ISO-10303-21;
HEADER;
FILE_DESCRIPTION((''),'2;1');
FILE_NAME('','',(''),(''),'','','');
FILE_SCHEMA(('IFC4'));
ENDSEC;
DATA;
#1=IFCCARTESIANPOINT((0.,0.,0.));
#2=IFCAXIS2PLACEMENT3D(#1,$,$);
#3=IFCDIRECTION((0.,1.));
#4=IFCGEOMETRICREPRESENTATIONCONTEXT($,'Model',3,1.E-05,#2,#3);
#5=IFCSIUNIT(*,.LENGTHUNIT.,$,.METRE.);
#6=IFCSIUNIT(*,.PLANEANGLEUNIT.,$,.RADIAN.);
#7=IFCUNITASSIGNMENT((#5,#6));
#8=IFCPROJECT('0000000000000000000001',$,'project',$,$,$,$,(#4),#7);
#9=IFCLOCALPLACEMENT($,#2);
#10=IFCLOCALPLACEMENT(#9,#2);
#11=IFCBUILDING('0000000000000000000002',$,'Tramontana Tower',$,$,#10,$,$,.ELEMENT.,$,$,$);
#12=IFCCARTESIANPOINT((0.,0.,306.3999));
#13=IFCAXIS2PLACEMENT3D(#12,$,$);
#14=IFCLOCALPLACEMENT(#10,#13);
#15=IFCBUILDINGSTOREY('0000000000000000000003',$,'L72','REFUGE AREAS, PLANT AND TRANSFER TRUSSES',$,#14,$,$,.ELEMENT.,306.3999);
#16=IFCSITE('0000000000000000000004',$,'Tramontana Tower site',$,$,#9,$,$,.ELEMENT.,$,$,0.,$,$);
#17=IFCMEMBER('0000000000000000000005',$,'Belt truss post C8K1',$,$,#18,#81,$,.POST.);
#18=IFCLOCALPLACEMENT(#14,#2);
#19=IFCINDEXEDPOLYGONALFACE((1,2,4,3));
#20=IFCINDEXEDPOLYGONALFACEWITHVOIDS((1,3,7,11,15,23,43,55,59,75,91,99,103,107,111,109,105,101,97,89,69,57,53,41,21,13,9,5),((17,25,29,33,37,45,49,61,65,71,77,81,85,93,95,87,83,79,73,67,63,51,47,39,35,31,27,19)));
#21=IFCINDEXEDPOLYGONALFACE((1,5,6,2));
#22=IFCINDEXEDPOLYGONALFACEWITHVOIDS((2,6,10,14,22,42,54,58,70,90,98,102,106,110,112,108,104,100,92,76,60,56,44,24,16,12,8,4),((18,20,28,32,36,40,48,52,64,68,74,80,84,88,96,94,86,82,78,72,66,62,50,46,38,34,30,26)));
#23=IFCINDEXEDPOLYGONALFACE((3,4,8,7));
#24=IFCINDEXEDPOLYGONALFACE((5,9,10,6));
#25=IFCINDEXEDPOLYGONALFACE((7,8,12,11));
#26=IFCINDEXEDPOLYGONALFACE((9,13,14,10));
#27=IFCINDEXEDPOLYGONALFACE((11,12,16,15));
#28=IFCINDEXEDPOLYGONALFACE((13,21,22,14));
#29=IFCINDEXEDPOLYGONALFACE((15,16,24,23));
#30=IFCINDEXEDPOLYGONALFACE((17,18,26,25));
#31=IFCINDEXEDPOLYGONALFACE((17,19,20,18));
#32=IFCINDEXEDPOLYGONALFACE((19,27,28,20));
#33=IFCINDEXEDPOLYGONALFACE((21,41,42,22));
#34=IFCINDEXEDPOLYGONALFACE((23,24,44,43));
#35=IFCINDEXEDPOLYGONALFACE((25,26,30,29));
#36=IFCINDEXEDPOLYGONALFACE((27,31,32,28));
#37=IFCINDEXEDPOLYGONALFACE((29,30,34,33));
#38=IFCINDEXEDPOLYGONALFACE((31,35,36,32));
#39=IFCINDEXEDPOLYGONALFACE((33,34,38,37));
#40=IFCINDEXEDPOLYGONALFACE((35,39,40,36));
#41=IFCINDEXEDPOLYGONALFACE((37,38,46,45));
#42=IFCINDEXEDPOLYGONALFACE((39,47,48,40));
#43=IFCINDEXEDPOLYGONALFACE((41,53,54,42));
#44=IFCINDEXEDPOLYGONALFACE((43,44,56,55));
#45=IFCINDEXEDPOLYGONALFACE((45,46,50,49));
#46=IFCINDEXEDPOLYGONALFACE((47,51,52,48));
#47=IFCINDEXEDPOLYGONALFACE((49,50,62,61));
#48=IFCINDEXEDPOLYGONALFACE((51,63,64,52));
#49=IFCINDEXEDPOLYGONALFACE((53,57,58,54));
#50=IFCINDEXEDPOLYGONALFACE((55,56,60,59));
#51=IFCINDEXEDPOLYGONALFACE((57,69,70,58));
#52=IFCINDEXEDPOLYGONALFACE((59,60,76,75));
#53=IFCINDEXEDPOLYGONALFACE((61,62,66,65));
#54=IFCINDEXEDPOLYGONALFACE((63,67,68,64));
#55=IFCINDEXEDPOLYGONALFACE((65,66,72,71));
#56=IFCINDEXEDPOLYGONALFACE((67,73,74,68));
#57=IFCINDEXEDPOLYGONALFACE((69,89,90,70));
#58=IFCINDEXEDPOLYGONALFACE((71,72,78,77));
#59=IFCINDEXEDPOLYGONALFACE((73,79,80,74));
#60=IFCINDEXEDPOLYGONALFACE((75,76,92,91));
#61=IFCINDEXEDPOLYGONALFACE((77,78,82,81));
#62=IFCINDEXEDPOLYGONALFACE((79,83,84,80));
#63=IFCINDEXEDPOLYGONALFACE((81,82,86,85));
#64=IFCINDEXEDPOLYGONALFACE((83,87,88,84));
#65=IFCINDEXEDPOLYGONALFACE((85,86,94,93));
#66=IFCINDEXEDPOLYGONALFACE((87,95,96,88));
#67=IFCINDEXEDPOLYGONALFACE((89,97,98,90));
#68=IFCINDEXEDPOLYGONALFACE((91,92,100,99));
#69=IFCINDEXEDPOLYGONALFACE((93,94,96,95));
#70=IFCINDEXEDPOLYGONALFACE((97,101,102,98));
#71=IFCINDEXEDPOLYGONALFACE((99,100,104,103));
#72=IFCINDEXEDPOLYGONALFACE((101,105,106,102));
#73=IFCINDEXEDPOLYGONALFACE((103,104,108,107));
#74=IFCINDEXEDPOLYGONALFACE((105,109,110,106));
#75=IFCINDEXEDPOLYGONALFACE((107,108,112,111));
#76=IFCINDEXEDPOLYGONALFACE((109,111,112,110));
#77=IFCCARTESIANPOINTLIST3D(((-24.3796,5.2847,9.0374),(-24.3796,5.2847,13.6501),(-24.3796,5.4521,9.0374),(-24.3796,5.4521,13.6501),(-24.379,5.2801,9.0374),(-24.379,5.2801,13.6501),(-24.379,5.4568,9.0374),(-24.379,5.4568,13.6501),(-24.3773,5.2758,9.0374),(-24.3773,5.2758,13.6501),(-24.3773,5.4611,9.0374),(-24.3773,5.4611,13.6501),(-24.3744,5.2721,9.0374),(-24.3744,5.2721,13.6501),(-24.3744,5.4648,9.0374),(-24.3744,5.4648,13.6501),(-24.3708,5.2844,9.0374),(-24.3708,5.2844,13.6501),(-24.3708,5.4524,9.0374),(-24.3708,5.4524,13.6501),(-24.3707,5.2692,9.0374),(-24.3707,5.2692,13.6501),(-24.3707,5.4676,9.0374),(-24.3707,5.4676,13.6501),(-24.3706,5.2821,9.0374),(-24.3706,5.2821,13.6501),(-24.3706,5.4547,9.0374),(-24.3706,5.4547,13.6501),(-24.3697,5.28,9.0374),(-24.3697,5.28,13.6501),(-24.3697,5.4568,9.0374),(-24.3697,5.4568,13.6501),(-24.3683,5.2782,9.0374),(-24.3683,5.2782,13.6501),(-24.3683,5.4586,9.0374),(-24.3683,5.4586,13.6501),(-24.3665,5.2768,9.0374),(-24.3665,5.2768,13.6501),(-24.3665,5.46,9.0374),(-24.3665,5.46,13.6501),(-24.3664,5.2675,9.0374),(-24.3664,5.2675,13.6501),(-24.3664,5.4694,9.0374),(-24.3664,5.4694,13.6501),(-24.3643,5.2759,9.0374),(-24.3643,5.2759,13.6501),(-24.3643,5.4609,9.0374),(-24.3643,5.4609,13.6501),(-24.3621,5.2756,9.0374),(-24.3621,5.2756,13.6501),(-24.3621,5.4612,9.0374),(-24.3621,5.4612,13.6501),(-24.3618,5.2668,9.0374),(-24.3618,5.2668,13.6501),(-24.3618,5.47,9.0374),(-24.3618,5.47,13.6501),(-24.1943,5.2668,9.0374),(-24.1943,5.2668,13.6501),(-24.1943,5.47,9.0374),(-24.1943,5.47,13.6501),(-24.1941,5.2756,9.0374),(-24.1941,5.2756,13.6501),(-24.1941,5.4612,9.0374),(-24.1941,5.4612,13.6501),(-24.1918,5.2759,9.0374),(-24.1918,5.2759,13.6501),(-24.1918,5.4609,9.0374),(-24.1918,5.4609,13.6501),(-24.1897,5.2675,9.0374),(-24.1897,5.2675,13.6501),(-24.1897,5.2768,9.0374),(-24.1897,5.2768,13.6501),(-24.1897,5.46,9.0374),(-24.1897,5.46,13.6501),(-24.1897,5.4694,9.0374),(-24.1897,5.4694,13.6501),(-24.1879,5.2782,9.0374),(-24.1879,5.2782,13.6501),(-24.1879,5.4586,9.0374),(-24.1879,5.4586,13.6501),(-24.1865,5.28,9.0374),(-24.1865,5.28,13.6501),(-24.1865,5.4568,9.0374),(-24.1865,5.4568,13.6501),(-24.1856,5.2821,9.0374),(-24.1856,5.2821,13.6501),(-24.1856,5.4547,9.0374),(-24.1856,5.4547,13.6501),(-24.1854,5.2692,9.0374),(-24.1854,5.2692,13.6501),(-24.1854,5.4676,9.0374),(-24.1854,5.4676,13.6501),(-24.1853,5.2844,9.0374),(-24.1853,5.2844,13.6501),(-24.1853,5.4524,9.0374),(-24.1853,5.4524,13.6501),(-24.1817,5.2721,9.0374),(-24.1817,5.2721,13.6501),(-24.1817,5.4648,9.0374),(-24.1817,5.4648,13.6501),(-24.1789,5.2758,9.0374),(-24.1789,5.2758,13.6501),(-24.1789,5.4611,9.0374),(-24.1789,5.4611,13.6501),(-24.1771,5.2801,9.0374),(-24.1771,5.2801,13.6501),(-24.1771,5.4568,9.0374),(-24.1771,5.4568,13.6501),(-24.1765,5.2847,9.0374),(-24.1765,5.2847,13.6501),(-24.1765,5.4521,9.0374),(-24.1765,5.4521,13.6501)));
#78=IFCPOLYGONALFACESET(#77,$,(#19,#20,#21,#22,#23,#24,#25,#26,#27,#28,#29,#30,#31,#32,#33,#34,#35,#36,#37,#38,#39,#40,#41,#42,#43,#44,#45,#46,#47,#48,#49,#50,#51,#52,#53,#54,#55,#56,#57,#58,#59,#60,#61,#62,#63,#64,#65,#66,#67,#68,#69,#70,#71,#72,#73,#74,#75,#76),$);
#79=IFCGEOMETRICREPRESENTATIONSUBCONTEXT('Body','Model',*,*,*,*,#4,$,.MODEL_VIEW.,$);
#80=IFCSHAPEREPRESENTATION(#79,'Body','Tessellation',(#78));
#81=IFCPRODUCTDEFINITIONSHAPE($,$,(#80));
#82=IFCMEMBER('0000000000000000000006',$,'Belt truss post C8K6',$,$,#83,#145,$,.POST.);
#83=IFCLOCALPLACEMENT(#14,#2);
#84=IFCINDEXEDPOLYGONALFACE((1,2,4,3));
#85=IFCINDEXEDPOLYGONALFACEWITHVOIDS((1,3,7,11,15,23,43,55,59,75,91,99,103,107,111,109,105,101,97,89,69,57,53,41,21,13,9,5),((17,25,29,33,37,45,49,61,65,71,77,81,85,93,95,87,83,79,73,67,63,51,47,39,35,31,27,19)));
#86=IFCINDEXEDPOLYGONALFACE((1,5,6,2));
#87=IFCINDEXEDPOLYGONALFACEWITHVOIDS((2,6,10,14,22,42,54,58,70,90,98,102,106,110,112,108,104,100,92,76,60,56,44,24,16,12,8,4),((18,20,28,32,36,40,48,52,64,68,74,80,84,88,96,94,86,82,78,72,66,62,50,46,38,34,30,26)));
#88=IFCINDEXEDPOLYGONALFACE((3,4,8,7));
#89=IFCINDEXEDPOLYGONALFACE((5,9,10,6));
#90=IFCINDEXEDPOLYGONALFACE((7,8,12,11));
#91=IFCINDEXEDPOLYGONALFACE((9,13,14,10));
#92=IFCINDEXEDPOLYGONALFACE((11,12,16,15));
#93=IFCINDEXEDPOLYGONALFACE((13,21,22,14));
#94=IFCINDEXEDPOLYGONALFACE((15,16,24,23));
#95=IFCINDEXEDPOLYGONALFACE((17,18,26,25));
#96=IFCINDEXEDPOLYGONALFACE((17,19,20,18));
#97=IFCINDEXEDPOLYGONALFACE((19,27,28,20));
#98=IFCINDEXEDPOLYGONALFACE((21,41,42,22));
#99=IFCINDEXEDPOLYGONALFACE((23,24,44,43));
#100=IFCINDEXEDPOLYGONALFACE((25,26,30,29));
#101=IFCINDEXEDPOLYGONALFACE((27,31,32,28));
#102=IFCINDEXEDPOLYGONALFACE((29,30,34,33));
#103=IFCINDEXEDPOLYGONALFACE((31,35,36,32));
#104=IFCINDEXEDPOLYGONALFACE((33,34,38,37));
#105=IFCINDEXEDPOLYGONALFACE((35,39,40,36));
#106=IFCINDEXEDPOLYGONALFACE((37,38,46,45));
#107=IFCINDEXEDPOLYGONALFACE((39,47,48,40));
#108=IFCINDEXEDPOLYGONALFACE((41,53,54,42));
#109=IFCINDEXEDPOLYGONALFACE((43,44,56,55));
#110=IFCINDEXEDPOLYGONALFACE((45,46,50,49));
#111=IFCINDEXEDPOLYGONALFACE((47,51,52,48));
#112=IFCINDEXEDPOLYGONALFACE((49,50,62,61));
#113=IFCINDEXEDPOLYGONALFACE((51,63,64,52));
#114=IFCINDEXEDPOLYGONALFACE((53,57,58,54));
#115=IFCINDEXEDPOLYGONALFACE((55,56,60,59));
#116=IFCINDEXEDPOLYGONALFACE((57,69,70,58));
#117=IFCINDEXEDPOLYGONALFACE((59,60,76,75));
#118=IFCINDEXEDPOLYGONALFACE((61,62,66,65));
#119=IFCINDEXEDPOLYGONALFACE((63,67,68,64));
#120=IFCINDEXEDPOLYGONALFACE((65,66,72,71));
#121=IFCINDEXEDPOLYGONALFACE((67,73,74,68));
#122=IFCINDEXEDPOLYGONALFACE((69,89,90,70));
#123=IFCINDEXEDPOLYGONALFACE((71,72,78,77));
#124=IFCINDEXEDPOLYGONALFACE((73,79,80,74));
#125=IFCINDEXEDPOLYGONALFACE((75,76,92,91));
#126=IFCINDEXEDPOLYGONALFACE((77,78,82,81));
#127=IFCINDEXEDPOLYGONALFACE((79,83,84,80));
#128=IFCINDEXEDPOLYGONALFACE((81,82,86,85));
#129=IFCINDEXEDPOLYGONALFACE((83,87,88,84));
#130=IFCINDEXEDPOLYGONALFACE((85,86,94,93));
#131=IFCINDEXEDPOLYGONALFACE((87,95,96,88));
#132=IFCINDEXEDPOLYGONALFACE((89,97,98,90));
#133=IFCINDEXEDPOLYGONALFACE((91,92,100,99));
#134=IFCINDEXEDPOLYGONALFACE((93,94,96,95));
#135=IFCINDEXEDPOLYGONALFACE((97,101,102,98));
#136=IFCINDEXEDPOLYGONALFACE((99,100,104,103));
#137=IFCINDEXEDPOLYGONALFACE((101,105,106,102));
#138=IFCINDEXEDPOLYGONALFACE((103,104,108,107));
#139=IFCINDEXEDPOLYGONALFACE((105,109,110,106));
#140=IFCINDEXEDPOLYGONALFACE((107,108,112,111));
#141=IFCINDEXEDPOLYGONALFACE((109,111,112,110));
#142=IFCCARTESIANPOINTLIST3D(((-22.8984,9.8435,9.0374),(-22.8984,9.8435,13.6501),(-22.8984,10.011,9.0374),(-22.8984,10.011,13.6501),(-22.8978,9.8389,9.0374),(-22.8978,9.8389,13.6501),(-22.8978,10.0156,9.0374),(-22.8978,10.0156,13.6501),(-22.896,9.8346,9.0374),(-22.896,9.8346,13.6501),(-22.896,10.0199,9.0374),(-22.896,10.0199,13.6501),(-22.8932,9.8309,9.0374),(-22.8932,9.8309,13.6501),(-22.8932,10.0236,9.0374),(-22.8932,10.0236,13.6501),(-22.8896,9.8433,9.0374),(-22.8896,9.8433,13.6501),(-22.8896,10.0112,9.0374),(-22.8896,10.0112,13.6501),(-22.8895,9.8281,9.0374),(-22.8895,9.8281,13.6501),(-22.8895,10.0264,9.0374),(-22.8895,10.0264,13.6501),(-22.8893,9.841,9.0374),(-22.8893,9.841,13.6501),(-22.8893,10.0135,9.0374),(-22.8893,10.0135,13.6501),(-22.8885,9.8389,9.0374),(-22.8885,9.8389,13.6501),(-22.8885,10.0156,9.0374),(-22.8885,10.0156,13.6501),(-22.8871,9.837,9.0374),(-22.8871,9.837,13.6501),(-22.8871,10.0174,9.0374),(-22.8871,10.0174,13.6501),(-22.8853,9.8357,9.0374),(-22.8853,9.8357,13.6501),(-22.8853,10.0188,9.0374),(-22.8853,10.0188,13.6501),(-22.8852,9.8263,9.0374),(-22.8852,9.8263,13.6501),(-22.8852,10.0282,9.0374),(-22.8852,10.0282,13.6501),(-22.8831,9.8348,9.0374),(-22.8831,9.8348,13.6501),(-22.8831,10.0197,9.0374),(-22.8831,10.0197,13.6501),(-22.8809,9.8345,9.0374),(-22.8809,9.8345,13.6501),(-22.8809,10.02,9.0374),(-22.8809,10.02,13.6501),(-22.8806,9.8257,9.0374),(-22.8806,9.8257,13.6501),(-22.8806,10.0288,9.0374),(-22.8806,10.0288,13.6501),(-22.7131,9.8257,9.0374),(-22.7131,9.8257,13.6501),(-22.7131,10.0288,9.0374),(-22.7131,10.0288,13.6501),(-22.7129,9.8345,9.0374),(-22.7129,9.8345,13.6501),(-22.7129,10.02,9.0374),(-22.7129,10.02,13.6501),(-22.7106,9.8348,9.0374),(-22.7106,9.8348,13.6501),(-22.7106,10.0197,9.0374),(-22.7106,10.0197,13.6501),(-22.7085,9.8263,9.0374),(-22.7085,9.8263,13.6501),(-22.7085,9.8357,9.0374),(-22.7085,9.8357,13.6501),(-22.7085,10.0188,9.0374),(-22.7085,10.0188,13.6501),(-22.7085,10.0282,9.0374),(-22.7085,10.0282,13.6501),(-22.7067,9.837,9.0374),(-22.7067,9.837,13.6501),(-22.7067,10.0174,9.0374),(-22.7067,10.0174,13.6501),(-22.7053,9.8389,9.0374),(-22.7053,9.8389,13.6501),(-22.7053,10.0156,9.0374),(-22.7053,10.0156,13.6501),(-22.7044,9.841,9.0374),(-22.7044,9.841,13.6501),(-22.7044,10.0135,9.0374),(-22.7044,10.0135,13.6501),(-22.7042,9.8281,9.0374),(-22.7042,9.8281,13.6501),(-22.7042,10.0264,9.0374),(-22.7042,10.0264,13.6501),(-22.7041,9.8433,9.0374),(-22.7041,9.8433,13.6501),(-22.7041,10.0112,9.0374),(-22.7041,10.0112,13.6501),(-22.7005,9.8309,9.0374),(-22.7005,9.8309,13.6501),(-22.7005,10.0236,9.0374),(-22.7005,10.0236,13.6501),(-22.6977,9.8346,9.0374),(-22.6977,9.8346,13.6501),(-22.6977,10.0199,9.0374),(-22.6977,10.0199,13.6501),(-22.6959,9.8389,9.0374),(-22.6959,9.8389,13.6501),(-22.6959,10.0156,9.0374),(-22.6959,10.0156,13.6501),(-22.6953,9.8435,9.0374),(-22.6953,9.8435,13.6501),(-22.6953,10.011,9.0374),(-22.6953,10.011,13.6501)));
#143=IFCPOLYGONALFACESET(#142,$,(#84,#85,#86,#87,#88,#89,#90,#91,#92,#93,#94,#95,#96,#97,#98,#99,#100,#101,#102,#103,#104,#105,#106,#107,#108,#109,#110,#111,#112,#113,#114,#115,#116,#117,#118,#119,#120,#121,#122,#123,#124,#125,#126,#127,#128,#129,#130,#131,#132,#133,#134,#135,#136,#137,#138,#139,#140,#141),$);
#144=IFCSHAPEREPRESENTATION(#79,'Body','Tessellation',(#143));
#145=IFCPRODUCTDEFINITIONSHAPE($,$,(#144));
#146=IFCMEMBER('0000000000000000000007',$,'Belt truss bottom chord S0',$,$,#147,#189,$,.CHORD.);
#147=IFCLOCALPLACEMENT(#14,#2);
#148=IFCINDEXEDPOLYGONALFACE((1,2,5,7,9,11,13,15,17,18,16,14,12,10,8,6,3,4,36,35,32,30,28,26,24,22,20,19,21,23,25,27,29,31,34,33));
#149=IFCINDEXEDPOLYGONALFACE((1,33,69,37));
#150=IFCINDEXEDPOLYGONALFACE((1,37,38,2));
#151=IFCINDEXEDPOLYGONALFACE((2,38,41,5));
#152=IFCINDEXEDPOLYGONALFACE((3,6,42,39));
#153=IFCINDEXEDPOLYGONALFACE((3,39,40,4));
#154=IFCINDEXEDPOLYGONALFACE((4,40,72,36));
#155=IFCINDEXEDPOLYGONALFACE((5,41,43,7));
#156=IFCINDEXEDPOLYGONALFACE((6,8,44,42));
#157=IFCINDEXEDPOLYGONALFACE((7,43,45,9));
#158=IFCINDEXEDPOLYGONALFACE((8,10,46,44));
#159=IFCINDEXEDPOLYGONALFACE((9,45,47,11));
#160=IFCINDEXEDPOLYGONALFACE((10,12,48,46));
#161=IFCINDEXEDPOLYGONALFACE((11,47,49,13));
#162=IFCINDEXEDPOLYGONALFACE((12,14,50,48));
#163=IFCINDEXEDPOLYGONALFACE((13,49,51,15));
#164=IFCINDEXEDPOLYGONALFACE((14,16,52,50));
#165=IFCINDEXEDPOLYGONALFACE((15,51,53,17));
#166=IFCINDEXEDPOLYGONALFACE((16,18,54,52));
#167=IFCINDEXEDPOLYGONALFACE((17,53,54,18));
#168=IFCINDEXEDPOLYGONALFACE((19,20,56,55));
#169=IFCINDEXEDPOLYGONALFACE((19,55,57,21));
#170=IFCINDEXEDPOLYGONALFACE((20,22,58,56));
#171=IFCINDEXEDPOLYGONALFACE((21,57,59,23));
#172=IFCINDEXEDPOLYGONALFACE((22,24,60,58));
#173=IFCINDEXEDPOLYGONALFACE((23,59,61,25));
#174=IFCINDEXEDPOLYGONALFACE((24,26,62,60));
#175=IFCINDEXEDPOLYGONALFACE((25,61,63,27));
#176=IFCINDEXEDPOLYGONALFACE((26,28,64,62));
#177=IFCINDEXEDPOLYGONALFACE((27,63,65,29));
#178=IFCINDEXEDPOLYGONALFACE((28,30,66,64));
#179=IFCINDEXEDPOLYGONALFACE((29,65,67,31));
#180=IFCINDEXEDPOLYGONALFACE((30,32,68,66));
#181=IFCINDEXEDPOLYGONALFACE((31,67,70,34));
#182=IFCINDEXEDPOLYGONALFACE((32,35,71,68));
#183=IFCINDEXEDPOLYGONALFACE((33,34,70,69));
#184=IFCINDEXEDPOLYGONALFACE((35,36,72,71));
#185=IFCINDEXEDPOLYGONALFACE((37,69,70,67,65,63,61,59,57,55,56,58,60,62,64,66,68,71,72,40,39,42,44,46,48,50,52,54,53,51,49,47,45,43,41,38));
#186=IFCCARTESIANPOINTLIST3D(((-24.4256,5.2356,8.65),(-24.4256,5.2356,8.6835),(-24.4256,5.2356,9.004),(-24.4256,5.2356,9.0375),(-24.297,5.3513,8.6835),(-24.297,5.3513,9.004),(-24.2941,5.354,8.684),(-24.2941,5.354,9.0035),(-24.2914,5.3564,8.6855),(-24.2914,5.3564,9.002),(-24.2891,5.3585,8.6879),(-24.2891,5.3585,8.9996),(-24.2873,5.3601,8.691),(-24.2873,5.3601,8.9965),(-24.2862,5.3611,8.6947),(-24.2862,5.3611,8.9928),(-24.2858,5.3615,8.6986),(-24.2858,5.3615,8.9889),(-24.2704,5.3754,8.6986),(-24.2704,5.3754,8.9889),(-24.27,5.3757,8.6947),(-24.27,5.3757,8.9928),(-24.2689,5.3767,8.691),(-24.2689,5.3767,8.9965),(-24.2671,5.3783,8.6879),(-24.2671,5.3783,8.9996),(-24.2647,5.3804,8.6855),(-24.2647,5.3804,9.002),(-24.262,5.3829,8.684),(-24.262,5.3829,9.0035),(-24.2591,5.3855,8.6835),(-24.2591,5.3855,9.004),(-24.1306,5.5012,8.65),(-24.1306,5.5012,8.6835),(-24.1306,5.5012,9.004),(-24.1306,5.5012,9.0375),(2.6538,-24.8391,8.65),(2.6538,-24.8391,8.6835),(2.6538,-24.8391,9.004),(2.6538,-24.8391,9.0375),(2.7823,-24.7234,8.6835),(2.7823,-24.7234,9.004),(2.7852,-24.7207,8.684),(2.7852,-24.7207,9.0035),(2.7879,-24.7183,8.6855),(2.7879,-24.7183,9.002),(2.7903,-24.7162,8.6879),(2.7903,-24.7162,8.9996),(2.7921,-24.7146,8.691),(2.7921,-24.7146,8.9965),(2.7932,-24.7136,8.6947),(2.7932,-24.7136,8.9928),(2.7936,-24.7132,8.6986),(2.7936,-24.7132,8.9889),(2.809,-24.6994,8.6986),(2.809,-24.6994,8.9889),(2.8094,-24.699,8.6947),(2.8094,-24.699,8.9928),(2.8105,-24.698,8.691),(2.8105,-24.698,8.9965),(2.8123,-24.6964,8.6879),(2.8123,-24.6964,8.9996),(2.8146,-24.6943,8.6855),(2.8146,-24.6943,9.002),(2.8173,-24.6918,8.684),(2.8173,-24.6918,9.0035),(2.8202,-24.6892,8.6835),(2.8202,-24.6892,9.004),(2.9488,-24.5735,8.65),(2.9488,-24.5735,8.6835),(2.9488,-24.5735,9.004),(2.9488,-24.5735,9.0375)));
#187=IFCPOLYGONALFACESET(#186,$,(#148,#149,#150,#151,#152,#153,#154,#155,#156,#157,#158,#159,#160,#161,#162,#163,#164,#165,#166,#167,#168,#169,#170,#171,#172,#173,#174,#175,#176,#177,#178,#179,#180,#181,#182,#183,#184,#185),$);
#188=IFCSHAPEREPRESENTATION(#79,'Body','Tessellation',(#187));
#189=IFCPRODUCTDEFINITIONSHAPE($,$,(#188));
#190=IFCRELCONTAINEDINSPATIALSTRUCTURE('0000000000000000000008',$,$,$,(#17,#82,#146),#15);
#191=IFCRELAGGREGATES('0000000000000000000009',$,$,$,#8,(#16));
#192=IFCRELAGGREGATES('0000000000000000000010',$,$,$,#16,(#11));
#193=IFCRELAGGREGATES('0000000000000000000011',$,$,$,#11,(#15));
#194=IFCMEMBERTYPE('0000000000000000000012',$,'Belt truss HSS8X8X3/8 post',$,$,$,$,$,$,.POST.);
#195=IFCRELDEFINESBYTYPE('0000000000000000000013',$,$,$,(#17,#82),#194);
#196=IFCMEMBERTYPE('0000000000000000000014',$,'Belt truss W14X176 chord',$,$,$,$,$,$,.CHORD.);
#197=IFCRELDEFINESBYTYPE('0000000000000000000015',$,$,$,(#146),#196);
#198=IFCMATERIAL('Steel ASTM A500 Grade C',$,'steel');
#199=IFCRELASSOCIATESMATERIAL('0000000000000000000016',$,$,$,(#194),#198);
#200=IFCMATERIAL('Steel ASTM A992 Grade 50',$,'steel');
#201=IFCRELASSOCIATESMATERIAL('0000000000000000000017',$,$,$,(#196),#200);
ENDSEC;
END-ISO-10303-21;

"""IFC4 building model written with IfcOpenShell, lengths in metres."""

from ifc_helpers import new_model, si_unit, direction, frame, origin, origin_2d, place, context, subcontext, project, spatial, hollow_rectangle, i_section, extrude, material, material_profile, profile_set, type_object, element, save


model = new_model("IFC4")

# Units and contexts
model_context = context("Model", 3, precision=1e-05, world=origin(), true_north=direction((0.0, 1.0)))
body_context = subcontext(model_context, "Body", "Model", "MODEL_VIEW")
ifc_project = project(units=[si_unit("LENGTHUNIT", "METRE"), si_unit("PLANEANGLEUNIT", "RADIAN")], contexts=[model_context])

# Site, building, storey
site_placement = place(None, origin())
site = spatial("IfcSite", under=ifc_project, at=site_placement, Name="Tramontana Tower site", CompositionType="ELEMENT", RefElevation=0.0)
building_placement = place(site_placement, origin())
building = spatial("IfcBuilding", under=site, at=building_placement, Name="Tramontana Tower", CompositionType="ELEMENT")
storey_placement = place(building_placement, frame((0.0, 0.0, 306.3999)))
storey = spatial("IfcBuildingStorey", under=building, at=storey_placement, Name="L72", Description="REFUGE AREAS, PLANT AND TRANSFER TRUSSES", CompositionType="ELEMENT", Elevation=306.3999)

# Members
ifc_material_1 = material(Name="Steel ASTM A500 Grade C", Category="steel")
ifc_material_profile_1 = material_profile(ifc_material_1, hollow_rectangle(XDim=0.2031, YDim=0.2031, WallThickness=0.0088, InnerFilletRadius=0.0088, OuterFilletRadius=0.0178, at=origin_2d()), Name="HSS8X8X3/8")
ifc_profile_set_1 = profile_set([ifc_material_profile_1], Name="Steel ASTM A500 Grade C")
member_type_1 = type_object("IfcMemberType", Name="Belt truss HSS8X8X3/8 post", PredefinedType="POST", material=ifc_profile_set_1)
for number, where, z_axis, x_axis, name in (
    (1, (-24.2781, 5.3684, 9.0374), (0.0, 0.0, 1.0), (1.0, 0.0, 0.0), "Belt truss post C8K1"),
    (2, (-22.7969, 9.9272, 9.0374), (0.0, 0.0, 1.0), (1.0, 0.0, 0.0), "Belt truss post C8K6"),
):
    element("IfcMember", number, at=place(storey_placement, frame(where, z_axis=z_axis, x_axis=x_axis)), inside=storey, type_object=member_type_1, Name=name, PredefinedType="POST", context=body_context, shape_type="SweptSolid", body=[
        extrude(hollow_rectangle(XDim=0.2031, YDim=0.2031, WallThickness=0.0088, InnerFilletRadius=0.0088, OuterFilletRadius=0.0178, at=origin_2d()), origin(), (0.0, 0.0, 1.0), 4.6128),
    ])
ifc_material_2 = material(Name="Steel ASTM A992 Grade 50", Category="steel")
ifc_material_profile_2 = material_profile(ifc_material_2, i_section(OverallWidth=0.397, OverallDepth=0.3875, WebThickness=0.0208, FlangeThickness=0.0334, FilletRadius=0.0151, at=origin_2d()), Name="W14X176")
ifc_profile_set_2 = profile_set([ifc_material_profile_2], Name="Steel ASTM A992 Grade 50")
member_type_2 = type_object("IfcMemberType", Name="Belt truss W14X176 chord", PredefinedType="CHORD", material=ifc_profile_set_2)
for number, where, z_axis, x_axis, name in (
    (3, (-24.2781, 5.3684, 8.8438), (0.66913, -0.743145, 0.0), (0.743145, 0.66913, 0.0), "Belt truss bottom chord S0"),
):
    element("IfcMember", number, at=place(storey_placement, frame(where, z_axis=z_axis, x_axis=x_axis)), inside=storey, type_object=member_type_2, Name=name, PredefinedType="CHORD", context=body_context, shape_type="SweptSolid", body=[
        extrude(i_section(OverallWidth=0.397, OverallDepth=0.3875, WebThickness=0.0208, FlangeThickness=0.0334, FilletRadius=0.0151, at=origin_2d()), origin(), (0.0, 0.0, 1.0), 40.4695),
    ])

save(model, "model.ifc")
